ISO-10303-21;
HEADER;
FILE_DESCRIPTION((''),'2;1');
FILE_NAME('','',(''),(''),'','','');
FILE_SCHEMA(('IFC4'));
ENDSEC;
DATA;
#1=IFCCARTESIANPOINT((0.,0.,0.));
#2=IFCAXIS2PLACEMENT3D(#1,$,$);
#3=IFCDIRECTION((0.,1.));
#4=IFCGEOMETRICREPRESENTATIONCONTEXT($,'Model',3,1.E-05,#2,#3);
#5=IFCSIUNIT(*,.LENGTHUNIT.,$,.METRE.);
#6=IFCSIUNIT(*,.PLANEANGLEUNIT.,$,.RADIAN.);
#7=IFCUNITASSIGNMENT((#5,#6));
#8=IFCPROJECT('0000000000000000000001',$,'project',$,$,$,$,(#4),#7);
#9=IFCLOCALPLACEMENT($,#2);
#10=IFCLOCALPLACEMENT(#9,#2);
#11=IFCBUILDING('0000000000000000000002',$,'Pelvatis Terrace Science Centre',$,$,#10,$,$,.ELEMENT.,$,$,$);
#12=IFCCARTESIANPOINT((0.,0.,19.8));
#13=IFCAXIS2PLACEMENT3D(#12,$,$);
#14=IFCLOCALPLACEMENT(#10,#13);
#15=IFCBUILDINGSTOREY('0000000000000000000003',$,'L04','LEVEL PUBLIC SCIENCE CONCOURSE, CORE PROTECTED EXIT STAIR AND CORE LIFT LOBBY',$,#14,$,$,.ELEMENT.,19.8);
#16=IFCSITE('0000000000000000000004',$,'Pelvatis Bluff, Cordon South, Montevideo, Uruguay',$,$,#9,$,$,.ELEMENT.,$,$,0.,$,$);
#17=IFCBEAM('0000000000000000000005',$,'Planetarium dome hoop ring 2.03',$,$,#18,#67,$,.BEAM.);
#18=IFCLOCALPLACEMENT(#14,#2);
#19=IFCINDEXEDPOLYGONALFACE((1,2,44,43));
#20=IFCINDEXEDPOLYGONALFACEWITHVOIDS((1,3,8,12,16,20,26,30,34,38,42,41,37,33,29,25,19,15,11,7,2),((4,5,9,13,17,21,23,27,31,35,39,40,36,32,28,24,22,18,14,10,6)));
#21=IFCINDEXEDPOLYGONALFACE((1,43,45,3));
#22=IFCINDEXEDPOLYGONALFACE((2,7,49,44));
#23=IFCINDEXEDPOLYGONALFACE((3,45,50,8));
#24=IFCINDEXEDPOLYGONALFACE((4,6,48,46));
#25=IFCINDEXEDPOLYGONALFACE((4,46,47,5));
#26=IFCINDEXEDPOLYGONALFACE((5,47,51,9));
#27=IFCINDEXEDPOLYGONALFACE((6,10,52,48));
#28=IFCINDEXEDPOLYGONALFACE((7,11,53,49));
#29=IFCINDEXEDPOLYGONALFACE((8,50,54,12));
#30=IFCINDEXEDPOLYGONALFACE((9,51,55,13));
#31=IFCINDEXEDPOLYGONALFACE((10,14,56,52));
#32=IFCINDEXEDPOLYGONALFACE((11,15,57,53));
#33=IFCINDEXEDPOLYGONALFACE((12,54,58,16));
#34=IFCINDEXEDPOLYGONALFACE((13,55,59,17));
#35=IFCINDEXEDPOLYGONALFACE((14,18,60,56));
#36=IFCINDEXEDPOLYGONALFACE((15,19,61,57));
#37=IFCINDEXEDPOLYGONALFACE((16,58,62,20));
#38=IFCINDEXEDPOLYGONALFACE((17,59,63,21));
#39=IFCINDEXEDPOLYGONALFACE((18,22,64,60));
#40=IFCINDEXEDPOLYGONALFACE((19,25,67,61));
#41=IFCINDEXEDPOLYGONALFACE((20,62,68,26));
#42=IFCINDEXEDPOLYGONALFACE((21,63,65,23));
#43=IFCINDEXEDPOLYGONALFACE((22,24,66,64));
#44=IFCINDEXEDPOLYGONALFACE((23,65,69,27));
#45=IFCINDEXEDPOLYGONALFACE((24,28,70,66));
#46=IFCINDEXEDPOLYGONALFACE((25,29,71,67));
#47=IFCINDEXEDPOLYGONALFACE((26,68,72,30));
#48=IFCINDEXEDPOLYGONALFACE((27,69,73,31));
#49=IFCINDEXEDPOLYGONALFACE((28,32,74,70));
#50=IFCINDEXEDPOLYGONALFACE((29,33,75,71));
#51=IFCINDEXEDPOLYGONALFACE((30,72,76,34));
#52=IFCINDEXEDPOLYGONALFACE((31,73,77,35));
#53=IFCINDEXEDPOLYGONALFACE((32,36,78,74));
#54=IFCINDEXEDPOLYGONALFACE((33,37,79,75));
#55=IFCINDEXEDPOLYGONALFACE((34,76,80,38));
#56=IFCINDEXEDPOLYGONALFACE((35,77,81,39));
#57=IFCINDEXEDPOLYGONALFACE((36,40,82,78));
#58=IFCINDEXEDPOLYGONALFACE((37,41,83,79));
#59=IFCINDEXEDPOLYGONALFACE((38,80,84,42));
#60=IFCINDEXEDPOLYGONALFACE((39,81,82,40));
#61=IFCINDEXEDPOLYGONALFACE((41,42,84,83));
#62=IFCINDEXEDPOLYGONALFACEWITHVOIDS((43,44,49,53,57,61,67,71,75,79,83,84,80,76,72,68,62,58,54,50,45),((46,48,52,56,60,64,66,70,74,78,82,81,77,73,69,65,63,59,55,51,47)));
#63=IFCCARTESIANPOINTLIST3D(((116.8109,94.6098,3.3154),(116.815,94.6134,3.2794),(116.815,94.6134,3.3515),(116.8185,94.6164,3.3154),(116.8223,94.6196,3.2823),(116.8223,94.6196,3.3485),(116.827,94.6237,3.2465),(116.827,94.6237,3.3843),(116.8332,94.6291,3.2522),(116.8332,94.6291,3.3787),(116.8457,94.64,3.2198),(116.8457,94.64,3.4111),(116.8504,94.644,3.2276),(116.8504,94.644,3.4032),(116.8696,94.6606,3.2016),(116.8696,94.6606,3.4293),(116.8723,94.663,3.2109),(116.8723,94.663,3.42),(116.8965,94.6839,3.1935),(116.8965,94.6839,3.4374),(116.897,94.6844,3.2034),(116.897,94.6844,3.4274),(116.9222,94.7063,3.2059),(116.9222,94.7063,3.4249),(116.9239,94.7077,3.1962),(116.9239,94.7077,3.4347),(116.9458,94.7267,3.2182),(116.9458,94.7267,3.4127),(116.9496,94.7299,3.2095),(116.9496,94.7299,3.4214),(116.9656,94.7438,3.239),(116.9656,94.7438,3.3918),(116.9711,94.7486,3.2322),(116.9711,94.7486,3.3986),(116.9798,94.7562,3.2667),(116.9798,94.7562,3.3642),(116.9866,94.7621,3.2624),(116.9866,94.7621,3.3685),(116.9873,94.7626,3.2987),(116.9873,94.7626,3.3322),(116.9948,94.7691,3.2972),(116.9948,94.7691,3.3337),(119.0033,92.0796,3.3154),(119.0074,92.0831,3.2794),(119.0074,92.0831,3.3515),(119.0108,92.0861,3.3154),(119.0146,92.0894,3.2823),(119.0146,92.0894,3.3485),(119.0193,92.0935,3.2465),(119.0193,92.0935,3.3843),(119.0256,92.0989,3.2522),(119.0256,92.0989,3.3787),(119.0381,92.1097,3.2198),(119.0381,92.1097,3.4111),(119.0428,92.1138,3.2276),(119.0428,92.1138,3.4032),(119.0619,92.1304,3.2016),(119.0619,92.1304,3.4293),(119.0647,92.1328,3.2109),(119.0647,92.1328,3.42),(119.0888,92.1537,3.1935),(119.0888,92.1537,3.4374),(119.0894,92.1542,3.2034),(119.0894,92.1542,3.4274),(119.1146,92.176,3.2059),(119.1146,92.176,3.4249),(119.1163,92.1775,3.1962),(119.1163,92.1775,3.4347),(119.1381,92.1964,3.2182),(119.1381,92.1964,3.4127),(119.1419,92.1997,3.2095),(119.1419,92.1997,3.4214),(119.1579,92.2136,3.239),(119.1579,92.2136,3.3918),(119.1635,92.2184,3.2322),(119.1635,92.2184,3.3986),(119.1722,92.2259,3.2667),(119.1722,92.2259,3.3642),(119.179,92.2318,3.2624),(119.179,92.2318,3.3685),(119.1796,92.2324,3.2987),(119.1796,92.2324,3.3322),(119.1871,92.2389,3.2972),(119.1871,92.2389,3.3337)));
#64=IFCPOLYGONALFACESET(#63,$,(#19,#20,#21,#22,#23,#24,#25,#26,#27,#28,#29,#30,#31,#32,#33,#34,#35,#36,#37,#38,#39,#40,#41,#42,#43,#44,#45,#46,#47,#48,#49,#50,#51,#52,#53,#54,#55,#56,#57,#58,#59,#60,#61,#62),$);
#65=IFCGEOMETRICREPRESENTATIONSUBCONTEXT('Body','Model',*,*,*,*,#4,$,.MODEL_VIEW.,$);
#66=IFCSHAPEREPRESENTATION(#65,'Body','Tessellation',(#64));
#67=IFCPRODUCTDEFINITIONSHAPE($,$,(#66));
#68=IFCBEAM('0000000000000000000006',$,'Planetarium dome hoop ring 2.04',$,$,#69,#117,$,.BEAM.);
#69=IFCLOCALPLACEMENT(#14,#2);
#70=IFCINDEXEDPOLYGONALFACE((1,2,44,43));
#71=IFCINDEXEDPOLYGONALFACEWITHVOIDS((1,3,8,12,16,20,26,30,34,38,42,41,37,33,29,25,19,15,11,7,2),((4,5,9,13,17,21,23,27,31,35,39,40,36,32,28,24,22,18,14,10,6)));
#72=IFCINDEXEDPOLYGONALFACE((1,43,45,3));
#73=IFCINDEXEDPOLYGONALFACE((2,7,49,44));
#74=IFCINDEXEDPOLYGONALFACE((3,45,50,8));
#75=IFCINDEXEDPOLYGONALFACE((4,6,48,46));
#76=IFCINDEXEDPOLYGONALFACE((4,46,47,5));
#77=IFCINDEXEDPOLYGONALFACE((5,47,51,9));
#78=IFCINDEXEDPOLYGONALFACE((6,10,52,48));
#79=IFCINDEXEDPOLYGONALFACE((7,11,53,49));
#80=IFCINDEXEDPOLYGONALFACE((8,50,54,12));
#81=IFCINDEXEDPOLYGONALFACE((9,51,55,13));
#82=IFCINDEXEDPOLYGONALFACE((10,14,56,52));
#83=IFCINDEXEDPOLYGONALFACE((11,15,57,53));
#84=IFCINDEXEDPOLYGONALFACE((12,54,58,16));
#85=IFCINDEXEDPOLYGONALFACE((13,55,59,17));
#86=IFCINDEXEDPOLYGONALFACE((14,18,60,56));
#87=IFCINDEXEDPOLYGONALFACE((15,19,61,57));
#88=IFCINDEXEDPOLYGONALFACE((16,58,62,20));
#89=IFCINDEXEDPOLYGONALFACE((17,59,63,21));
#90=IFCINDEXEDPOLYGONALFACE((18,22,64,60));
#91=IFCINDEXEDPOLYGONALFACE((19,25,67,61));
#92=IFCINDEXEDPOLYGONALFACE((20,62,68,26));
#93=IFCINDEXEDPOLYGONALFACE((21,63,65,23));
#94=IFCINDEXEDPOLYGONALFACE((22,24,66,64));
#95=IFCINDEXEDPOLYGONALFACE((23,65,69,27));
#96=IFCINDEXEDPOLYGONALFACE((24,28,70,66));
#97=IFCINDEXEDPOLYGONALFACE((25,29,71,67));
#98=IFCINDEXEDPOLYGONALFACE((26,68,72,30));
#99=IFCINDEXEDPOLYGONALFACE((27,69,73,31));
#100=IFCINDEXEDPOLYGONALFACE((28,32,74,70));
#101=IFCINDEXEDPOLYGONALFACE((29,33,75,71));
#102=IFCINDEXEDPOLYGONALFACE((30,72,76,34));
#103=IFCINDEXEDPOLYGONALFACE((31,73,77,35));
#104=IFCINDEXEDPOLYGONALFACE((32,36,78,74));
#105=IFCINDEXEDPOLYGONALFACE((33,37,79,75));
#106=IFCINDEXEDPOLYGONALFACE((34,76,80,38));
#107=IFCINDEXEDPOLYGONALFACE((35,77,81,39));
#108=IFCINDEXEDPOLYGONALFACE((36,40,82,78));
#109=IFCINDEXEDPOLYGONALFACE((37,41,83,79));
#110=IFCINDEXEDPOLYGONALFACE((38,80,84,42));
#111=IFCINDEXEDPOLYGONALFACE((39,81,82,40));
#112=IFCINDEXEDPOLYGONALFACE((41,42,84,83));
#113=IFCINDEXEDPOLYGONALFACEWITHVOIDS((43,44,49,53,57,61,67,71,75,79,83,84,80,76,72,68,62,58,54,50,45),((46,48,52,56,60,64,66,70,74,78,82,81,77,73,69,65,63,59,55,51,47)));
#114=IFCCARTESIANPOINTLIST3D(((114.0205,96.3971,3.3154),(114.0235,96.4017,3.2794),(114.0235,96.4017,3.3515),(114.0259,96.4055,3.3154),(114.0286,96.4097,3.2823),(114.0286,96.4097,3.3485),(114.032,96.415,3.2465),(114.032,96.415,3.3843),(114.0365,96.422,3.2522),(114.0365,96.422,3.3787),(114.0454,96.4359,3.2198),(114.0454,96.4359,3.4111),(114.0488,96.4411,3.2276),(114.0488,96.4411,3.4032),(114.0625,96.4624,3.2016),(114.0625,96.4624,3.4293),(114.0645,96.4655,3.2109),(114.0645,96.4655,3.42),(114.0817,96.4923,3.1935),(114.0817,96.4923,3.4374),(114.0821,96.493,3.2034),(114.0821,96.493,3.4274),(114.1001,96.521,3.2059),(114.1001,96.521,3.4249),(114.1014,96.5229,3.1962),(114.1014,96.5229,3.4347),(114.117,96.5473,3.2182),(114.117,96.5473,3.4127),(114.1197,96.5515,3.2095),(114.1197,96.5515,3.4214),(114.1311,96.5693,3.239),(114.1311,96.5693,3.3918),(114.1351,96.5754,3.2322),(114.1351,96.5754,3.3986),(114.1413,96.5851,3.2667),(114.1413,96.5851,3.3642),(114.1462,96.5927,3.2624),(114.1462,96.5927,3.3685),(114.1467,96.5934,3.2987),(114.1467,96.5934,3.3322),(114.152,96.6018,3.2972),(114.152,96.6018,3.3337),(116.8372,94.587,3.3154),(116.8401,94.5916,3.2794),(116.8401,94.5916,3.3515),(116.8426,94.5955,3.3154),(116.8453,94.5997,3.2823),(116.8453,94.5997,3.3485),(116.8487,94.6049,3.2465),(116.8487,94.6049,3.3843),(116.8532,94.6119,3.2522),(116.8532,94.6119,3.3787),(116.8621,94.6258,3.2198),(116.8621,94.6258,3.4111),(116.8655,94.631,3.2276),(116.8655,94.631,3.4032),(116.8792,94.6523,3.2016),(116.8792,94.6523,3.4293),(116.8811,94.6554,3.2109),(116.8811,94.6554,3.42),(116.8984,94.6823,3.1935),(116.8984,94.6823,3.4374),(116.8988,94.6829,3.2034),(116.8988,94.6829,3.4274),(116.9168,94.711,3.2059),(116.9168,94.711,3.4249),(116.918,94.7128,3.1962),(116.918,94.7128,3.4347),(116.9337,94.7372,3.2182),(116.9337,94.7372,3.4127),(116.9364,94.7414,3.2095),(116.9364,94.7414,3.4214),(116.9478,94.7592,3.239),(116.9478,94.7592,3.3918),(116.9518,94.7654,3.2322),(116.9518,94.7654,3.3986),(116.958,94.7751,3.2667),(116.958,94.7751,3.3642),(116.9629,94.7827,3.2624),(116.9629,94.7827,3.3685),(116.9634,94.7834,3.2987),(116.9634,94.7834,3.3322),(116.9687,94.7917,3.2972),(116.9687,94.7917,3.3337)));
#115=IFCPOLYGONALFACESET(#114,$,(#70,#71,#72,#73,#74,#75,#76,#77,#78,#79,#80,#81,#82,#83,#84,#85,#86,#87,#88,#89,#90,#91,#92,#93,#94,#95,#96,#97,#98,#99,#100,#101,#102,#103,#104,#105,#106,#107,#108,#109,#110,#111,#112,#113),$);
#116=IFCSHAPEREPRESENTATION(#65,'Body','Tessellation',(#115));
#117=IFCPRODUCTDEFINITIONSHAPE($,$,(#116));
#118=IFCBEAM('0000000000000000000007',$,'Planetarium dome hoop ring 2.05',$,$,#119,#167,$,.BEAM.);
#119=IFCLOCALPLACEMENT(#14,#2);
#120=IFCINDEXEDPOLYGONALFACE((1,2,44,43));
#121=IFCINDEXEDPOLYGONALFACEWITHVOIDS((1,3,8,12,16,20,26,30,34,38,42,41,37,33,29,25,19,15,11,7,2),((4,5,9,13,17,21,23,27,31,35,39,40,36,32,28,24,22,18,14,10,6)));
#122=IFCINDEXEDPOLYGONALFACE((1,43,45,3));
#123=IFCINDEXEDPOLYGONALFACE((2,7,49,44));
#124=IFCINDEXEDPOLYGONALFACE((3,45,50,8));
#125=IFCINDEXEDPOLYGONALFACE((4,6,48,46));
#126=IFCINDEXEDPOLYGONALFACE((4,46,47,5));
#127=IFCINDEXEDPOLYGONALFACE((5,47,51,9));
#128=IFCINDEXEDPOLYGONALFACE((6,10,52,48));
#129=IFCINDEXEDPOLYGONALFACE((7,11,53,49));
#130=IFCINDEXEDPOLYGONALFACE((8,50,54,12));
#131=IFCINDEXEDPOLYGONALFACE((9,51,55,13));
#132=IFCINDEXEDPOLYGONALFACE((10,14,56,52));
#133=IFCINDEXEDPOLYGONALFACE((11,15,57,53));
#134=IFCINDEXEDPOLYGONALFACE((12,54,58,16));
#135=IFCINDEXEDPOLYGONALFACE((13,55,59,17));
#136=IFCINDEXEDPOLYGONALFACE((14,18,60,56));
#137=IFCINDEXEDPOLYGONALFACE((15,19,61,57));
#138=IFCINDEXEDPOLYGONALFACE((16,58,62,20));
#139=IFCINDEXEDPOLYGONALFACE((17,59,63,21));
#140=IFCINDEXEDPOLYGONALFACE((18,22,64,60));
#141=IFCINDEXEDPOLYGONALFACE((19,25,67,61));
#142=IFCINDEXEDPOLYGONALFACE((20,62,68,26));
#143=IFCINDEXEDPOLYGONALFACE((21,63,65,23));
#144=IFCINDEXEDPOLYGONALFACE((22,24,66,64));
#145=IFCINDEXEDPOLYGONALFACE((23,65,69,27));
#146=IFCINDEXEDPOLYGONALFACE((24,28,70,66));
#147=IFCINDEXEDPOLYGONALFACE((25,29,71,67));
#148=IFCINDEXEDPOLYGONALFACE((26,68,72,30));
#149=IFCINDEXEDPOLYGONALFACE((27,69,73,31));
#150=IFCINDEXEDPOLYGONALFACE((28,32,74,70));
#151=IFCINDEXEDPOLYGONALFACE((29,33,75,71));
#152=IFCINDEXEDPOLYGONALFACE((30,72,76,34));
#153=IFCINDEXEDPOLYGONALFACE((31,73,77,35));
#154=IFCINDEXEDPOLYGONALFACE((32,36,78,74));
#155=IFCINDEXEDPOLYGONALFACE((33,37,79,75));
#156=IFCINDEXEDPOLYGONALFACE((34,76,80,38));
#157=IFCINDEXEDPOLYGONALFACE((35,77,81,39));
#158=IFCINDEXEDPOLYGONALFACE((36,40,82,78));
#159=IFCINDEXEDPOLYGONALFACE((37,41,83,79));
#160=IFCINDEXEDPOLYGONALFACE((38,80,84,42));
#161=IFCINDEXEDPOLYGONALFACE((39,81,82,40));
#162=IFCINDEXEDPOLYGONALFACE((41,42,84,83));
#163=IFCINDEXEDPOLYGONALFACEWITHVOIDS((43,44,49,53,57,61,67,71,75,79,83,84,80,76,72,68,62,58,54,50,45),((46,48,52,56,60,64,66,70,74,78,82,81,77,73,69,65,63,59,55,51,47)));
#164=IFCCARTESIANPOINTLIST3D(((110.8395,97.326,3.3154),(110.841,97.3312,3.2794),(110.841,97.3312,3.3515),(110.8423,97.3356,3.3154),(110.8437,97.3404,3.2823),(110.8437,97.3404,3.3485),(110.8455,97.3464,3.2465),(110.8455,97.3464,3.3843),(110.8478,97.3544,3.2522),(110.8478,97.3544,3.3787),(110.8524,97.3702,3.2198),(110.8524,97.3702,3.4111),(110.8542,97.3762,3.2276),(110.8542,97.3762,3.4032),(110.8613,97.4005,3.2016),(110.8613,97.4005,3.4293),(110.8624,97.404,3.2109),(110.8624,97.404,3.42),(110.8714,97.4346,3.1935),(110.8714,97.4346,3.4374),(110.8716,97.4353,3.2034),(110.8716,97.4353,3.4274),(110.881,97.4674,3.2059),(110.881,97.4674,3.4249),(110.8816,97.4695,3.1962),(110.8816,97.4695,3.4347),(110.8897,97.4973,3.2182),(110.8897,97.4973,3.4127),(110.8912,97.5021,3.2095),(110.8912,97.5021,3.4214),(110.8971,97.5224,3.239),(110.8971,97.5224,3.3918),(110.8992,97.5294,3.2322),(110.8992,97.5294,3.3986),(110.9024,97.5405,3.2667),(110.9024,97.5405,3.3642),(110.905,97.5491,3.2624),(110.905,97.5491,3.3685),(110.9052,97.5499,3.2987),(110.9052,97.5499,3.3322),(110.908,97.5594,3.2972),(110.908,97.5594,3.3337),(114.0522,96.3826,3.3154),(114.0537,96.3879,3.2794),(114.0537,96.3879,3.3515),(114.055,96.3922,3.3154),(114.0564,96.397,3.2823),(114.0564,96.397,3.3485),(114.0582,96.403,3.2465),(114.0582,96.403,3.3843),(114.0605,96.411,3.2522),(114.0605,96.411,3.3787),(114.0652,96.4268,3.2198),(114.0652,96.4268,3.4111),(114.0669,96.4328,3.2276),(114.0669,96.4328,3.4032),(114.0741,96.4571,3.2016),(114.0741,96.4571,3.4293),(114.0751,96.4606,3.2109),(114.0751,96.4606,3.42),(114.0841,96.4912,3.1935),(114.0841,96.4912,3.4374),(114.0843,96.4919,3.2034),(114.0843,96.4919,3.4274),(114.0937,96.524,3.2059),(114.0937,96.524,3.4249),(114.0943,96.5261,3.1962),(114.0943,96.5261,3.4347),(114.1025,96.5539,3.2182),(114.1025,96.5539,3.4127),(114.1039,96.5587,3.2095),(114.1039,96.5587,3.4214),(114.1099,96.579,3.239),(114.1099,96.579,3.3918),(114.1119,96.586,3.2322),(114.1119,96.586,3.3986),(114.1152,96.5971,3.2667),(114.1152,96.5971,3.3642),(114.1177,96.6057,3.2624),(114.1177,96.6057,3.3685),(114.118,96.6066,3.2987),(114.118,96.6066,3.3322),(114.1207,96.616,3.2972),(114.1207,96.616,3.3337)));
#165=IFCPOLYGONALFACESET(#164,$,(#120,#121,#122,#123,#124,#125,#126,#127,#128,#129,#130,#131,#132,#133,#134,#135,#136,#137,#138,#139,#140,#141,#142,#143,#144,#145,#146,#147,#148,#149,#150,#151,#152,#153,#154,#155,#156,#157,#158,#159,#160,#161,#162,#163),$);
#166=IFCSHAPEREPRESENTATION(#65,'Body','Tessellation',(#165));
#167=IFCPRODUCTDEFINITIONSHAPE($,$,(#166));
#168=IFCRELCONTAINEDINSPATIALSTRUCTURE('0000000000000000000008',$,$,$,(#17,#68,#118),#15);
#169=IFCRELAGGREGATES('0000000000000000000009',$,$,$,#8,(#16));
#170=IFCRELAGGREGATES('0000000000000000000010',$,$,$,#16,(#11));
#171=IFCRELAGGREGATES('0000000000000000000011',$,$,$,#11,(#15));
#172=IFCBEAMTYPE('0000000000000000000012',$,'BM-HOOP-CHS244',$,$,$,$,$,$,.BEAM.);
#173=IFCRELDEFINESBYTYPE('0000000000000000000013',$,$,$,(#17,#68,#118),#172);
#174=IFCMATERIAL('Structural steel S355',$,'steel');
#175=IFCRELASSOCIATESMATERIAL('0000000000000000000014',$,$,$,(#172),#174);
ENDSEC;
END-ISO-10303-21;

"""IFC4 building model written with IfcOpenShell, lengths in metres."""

from ifc_helpers import new_model, si_unit, direction, frame, origin, origin_2d, place, context, subcontext, project, spatial, hollow_circle, extrude, material, material_profile, profile_set, type_object, element, save


model = new_model("IFC4")

# Units and contexts
model_context = context("Model", 3, precision=1e-05, world=origin(), true_north=direction((0.0, 1.0)))
body_context = subcontext(model_context, "Body", "Model", "MODEL_VIEW")
ifc_project = project(units=[si_unit("LENGTHUNIT", "METRE"), si_unit("PLANEANGLEUNIT", "RADIAN")], contexts=[model_context])

# Site, building, storey
site_placement = place(None, origin())
site = spatial("IfcSite", under=ifc_project, at=site_placement, Name="Pelvatis Bluff, Cordon South, Montevideo, Uruguay", CompositionType="ELEMENT", RefElevation=0.0)
building_placement = place(site_placement, origin())
building = spatial("IfcBuilding", under=site, at=building_placement, Name="Pelvatis Terrace Science Centre", CompositionType="ELEMENT")
storey_placement = place(building_placement, frame((0.0, 0.0, 19.8)))
storey = spatial("IfcBuildingStorey", under=building, at=storey_placement, Name="L04", Description="LEVEL PUBLIC SCIENCE CONCOURSE, CORE PROTECTED EXIT STAIR AND CORE LIFT LOBBY", CompositionType="ELEMENT", Elevation=19.8)

# Beams
ifc_material_1 = material(Name="Structural steel S355", Category="steel")
ifc_material_profile_1 = material_profile(ifc_material_1, hollow_circle(Radius=0.1223, WallThickness=0.01, at=origin_2d()), Name="CHS 244.5x10.0")
ifc_profile_set_1 = profile_set([ifc_material_profile_1], Name="Structural steel S355")
beam_type_1 = type_object("IfcBeamType", Name="BM-HOOP-CHS244", PredefinedType="BEAM", material=ifc_profile_set_1)
beam_1_placement = place(storey_placement, frame((119.0957, 92.1597, 3.3154), z_axis=(-0.654842, 0.755766, 0.0), x_axis=(-0.755766, -0.654842, 0.0)))
element("IfcBeam", 1, at=beam_1_placement, inside=storey, type_object=beam_type_1, Name="Planetarium dome hoop ring 2.03", PredefinedType="BEAM", context=body_context, shape_type="SweptSolid", body=[
    extrude(hollow_circle(Radius=0.1223, WallThickness=0.01, at=origin_2d()), origin(), (0.0, 0.0, 1.0), 3.3479),
])
beam_2_placement = place(storey_placement, frame((116.9033, 94.6899, 3.3154), z_axis=(-0.841266, 0.540621, 0.0), x_axis=(-0.540621, -0.841266, 0.0)))
element("IfcBeam", 2, at=beam_2_placement, inside=storey, type_object=beam_type_1, Name="Planetarium dome hoop ring 2.04", PredefinedType="BEAM", context=body_context, shape_type="SweptSolid", body=[
    extrude(hollow_circle(Radius=0.1223, WallThickness=0.01, at=origin_2d()), origin(), (0.0, 0.0, 1.0), 3.3481),
])
beam_3_placement = place(storey_placement, frame((114.0867, 96.5, 3.3154), z_axis=(-0.95949, 0.281744, 0.0), x_axis=(-0.281744, -0.95949, 0.0)))
element("IfcBeam", 3, at=beam_3_placement, inside=storey, type_object=beam_type_1, Name="Planetarium dome hoop ring 2.05", PredefinedType="BEAM", context=body_context, shape_type="SweptSolid", body=[
    extrude(hollow_circle(Radius=0.1223, WallThickness=0.01, at=origin_2d()), origin(), (0.0, 0.0, 1.0), 3.3484),
])

save(model, "model.ifc")
